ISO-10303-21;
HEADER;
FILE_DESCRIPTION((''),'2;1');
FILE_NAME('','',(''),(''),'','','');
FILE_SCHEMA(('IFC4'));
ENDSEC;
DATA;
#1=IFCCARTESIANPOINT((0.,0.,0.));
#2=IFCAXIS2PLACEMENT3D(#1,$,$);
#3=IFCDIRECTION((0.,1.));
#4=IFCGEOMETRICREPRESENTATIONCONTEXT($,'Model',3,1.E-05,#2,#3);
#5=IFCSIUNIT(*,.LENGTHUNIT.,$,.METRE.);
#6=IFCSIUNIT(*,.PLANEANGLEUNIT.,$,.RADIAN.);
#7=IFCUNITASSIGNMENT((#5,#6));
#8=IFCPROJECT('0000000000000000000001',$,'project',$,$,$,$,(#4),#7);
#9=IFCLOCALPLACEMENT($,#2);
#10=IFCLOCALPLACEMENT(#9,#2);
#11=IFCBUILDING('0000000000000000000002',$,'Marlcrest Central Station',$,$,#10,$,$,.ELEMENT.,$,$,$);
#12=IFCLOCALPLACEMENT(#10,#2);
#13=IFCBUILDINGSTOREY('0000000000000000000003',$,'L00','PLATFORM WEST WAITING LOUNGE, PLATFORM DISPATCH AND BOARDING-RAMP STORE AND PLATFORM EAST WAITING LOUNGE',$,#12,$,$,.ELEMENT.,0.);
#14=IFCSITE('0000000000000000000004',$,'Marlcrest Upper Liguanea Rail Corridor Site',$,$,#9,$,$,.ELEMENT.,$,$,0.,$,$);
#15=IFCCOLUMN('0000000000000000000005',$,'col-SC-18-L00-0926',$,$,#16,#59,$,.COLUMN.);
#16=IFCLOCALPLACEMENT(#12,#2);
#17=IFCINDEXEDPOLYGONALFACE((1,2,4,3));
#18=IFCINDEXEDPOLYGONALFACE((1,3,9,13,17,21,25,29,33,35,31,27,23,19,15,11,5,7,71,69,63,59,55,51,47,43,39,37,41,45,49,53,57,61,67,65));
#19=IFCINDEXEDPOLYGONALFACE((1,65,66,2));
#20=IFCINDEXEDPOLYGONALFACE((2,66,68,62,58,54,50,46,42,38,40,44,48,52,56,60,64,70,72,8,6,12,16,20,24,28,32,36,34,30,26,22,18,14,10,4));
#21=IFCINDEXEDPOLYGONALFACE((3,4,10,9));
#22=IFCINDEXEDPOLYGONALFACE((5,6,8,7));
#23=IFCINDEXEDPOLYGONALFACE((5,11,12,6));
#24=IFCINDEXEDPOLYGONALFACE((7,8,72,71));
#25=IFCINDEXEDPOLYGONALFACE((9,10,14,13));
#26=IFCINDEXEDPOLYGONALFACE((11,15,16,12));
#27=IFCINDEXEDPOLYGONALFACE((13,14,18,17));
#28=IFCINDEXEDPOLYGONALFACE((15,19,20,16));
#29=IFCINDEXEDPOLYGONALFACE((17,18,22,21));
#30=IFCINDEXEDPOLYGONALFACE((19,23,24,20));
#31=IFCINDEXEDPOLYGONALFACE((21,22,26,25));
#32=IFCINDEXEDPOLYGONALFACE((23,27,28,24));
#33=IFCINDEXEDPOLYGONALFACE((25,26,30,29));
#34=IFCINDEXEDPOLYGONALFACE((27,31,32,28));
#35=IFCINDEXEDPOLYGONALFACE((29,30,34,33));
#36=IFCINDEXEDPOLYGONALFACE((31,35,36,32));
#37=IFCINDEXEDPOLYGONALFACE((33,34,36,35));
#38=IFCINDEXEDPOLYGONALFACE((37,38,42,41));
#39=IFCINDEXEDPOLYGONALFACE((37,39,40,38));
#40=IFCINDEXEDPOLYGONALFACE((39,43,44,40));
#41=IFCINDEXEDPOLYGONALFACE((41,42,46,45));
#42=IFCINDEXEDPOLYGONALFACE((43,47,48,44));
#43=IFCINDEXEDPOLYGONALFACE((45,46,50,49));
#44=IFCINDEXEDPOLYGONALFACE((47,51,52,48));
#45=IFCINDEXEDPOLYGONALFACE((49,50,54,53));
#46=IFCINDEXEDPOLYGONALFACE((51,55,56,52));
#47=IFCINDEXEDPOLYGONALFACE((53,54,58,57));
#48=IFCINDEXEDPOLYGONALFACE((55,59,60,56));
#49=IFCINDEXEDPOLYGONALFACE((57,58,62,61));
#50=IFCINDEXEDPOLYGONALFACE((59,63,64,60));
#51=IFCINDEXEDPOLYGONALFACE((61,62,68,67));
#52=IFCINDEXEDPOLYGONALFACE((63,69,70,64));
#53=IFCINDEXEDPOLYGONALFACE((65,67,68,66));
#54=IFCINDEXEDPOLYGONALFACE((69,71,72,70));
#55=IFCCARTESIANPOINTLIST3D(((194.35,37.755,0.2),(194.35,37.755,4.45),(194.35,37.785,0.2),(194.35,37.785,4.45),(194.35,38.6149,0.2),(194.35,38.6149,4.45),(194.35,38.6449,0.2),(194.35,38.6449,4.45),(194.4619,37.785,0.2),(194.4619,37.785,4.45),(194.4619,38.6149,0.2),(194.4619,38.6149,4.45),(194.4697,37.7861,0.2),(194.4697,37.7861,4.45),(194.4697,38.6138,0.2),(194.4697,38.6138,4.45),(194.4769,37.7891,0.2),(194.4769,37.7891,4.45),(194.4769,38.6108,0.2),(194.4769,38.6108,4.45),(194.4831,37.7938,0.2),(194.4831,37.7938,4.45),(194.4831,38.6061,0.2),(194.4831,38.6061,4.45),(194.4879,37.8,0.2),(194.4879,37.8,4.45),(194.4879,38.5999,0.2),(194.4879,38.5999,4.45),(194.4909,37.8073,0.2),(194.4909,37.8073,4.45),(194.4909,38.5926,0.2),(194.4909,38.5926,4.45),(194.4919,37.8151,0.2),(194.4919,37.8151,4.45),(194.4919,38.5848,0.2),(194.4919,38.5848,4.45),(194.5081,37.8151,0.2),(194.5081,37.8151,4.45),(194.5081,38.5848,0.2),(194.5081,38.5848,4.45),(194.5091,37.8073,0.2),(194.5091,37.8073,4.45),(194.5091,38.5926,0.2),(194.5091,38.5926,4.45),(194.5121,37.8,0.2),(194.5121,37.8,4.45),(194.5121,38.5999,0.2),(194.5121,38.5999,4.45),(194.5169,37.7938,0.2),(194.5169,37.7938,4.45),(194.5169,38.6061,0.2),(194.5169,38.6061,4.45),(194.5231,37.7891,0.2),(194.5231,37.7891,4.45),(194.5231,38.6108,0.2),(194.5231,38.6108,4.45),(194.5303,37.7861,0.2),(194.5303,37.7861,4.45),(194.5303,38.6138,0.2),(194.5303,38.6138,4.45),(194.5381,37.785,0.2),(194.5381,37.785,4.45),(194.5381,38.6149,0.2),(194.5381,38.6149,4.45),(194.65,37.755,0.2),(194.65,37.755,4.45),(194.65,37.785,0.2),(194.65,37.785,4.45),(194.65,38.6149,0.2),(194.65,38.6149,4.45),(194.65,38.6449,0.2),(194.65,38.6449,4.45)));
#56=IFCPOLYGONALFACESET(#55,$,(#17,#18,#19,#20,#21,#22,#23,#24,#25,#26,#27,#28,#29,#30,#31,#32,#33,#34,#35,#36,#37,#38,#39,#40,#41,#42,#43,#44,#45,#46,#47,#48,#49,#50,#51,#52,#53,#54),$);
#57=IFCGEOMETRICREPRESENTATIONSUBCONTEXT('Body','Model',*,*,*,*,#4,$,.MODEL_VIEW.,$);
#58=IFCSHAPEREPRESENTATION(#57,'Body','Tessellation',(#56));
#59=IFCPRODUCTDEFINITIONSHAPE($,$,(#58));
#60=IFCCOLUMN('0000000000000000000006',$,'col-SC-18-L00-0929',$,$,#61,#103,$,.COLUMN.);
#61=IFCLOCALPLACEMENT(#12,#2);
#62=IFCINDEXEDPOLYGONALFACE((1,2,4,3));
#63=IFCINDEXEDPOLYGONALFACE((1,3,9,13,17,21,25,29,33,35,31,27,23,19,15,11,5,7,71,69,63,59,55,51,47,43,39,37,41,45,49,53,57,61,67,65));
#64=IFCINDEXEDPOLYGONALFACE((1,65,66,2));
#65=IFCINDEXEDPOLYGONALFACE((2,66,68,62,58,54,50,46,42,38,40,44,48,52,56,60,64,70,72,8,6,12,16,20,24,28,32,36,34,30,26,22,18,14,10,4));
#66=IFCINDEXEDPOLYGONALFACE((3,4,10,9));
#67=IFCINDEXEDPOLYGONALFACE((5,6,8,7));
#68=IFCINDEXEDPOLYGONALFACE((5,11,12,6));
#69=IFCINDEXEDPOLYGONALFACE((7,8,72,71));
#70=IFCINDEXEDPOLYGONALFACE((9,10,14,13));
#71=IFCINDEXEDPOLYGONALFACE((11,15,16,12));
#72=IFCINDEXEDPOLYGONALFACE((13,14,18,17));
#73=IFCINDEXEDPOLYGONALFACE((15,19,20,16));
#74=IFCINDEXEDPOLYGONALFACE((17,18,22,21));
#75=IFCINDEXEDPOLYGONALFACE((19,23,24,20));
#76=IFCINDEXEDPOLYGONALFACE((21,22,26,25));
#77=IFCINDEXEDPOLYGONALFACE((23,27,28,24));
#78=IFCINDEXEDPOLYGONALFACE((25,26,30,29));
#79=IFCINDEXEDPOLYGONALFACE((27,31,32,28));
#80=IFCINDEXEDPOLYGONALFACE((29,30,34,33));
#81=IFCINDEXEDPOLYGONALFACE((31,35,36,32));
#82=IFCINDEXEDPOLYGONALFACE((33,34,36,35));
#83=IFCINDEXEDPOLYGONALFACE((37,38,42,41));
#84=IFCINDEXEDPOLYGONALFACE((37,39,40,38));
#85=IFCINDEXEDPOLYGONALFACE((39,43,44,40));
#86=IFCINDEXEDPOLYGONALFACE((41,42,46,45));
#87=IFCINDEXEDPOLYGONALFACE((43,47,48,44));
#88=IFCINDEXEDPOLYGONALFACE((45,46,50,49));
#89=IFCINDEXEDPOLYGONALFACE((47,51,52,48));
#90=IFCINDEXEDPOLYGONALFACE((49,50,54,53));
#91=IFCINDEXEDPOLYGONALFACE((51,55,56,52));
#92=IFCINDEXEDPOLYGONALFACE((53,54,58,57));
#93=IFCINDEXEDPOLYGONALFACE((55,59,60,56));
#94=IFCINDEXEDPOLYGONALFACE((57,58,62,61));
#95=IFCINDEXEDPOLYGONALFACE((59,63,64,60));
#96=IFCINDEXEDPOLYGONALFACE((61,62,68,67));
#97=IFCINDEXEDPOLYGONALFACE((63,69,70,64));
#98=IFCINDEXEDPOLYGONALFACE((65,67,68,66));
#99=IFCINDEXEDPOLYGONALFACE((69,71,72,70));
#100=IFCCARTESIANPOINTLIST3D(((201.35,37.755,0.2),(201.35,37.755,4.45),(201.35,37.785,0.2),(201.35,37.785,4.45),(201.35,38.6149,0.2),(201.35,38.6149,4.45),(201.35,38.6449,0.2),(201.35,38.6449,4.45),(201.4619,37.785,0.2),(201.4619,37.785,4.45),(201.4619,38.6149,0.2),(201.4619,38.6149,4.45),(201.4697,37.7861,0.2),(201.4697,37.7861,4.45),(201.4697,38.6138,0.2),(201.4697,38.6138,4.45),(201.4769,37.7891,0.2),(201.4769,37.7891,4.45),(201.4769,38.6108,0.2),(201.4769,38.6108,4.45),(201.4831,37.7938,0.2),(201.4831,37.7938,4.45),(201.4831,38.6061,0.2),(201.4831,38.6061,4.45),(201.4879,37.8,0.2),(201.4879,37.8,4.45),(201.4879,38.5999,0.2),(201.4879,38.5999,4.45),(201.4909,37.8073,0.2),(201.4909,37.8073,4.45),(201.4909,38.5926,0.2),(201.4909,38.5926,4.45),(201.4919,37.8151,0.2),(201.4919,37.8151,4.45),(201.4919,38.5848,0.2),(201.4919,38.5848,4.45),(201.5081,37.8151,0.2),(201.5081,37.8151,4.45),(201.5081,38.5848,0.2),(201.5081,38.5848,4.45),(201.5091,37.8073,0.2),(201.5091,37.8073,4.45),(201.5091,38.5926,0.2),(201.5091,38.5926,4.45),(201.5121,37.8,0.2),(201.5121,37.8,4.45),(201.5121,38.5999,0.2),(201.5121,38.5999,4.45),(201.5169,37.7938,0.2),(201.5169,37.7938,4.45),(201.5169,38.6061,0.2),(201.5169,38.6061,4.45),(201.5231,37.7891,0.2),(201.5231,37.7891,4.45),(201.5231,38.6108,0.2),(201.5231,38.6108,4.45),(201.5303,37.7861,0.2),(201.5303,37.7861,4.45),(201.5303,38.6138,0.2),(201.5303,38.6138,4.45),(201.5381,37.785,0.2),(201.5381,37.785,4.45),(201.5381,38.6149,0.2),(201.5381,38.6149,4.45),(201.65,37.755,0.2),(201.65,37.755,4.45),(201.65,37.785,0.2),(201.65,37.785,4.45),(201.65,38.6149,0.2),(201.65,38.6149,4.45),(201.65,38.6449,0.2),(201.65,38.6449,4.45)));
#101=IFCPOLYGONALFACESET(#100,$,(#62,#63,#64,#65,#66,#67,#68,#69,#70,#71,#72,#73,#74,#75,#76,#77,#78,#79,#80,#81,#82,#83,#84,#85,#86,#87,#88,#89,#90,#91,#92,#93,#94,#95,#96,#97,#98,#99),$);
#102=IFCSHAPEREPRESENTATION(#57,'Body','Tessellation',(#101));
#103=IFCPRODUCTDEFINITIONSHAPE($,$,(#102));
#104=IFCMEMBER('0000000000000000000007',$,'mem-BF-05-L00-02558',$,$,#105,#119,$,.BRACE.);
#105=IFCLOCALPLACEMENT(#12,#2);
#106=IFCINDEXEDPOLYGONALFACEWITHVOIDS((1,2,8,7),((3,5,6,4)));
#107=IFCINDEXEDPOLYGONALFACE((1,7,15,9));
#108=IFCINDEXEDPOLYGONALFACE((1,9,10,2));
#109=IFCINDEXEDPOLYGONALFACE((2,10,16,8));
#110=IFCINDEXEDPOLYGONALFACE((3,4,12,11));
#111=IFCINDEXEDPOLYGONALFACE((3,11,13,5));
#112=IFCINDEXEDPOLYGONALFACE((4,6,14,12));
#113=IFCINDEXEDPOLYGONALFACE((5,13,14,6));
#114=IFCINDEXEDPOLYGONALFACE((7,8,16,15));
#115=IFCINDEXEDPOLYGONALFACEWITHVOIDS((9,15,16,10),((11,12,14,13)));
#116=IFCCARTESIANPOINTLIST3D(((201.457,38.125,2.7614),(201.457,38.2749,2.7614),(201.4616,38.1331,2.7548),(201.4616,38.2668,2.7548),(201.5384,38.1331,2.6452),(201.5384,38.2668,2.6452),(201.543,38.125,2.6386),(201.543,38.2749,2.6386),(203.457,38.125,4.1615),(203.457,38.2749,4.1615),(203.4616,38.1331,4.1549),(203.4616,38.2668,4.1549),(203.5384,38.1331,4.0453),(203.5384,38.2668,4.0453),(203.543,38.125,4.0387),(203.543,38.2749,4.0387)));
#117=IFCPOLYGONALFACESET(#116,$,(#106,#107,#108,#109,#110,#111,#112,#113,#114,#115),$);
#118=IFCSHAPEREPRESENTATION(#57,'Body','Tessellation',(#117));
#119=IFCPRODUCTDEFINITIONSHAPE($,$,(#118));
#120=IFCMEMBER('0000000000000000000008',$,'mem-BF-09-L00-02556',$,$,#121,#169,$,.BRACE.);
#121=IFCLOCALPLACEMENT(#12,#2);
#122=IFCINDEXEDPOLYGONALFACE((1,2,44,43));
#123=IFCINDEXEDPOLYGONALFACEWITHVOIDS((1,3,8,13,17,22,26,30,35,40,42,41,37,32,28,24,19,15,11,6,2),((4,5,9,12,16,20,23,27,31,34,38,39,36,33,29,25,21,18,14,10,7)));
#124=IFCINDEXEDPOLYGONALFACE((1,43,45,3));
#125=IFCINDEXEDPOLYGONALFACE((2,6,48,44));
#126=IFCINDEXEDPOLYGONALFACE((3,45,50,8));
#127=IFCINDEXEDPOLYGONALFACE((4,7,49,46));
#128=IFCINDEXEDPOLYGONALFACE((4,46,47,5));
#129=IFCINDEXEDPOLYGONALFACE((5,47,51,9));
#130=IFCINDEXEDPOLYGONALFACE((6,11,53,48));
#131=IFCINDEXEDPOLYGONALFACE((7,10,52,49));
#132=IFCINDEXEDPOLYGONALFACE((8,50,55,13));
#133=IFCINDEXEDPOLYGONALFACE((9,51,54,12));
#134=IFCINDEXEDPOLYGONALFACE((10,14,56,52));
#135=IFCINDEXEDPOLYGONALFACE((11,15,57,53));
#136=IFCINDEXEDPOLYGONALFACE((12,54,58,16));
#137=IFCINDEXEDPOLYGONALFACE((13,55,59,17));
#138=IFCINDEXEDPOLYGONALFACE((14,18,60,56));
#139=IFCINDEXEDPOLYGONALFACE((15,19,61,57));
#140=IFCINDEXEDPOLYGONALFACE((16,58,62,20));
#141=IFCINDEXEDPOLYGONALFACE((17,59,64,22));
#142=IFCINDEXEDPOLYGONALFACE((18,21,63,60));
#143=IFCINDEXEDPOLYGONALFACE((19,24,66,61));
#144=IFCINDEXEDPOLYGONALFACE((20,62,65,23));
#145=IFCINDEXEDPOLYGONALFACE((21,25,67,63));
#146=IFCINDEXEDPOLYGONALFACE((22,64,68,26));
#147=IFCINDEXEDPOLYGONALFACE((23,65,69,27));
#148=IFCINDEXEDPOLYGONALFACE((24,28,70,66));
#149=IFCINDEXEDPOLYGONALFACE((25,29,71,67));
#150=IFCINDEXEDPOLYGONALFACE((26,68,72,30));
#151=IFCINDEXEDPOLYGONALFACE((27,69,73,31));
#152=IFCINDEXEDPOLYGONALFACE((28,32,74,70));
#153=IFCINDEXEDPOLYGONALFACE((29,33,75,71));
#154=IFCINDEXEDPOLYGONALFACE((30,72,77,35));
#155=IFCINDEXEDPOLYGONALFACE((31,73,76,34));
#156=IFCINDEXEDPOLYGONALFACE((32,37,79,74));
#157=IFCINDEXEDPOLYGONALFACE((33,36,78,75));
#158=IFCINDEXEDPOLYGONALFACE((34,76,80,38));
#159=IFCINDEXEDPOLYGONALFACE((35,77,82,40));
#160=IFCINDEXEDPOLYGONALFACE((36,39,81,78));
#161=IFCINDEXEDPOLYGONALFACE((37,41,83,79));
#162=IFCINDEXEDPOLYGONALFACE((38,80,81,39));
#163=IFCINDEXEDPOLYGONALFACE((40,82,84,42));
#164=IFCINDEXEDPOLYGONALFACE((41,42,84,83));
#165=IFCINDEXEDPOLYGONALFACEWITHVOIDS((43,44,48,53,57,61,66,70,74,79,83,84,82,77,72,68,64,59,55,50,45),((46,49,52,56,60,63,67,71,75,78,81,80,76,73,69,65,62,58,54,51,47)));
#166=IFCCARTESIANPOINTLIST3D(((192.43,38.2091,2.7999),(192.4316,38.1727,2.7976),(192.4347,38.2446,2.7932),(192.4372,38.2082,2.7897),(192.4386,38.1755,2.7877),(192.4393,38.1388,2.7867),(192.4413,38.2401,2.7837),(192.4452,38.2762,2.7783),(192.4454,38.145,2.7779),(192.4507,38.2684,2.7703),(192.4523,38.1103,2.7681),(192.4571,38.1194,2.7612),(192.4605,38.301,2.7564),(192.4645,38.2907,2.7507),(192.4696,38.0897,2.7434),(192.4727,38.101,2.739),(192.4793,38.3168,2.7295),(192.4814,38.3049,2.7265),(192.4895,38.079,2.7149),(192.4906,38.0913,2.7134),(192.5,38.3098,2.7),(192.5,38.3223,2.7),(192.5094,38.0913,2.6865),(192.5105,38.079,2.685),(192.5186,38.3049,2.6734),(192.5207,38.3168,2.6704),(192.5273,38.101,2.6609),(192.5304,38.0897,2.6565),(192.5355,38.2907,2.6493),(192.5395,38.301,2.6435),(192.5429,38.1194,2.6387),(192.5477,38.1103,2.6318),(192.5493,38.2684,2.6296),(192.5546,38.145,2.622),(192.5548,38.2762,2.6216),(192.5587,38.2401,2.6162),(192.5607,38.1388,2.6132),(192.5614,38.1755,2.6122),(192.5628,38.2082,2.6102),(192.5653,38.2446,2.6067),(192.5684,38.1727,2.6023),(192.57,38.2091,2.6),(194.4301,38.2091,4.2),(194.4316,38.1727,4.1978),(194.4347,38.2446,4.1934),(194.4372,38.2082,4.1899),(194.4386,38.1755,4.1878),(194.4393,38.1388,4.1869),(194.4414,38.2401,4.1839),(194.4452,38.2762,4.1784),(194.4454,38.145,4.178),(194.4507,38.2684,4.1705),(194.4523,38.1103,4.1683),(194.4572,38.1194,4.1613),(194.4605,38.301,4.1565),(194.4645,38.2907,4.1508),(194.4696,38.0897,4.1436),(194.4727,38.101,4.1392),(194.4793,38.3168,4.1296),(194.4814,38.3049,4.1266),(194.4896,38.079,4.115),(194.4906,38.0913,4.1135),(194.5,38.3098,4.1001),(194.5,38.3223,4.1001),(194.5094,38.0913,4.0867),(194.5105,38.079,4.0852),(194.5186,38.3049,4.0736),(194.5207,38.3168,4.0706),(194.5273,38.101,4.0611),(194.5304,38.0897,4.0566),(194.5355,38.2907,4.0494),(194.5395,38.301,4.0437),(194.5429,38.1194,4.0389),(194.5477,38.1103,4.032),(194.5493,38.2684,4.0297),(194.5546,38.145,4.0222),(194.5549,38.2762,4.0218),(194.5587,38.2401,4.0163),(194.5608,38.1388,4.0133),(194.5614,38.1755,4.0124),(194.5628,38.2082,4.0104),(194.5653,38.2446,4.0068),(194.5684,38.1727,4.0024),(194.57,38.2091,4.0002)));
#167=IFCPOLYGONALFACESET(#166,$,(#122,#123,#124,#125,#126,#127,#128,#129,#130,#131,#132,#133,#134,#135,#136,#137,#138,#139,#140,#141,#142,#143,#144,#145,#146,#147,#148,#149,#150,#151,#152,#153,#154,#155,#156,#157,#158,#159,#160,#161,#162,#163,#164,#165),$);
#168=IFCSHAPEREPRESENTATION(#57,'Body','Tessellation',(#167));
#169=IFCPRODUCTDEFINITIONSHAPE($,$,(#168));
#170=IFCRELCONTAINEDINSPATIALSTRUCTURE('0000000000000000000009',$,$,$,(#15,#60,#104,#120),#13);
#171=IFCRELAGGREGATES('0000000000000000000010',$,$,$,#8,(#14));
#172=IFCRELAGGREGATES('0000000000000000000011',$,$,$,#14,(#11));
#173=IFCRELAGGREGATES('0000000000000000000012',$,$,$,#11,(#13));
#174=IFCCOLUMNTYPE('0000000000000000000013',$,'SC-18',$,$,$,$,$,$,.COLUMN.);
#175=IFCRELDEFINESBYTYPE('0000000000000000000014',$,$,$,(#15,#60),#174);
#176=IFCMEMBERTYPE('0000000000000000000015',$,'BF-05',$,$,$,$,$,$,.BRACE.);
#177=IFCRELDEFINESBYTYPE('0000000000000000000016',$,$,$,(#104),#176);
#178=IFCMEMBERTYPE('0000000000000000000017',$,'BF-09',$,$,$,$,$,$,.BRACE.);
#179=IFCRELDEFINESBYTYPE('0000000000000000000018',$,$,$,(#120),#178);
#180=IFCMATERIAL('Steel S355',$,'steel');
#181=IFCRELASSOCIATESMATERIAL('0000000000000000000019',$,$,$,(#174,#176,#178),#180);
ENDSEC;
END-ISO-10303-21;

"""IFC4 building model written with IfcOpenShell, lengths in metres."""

from ifc_helpers import new_model, si_unit, direction, frame, origin, origin_2d, place, context, subcontext, project, spatial, hollow_rectangle, hollow_circle, i_section, extrude, material, material_profile, profile_set, type_object, element, save


model = new_model("IFC4")

# Units and contexts
model_context = context("Model", 3, precision=1e-05, world=origin(), true_north=direction((0.0, 1.0)))
body_context = subcontext(model_context, "Body", "Model", "MODEL_VIEW")
ifc_project = project(units=[si_unit("LENGTHUNIT", "METRE"), si_unit("PLANEANGLEUNIT", "RADIAN")], contexts=[model_context])

# Site, building, storey
site_placement = place(None, origin())
site = spatial("IfcSite", under=ifc_project, at=site_placement, Name="Marlcrest Upper Liguanea Rail Corridor Site", CompositionType="ELEMENT", RefElevation=0.0)
building_placement = place(site_placement, origin())
building = spatial("IfcBuilding", under=site, at=building_placement, Name="Marlcrest Central Station", CompositionType="ELEMENT")
storey_placement = place(building_placement, origin())
storey = spatial("IfcBuildingStorey", under=building, at=storey_placement, Name="L00", Description="PLATFORM WEST WAITING LOUNGE, PLATFORM DISPATCH AND BOARDING-RAMP STORE AND PLATFORM EAST WAITING LOUNGE", CompositionType="ELEMENT", Elevation=0.0)

# Columns
ifc_material_1 = material(Name="Steel S355", Category="steel")
ifc_material_profile_1 = material_profile(ifc_material_1, i_section(OverallWidth=0.3, OverallDepth=0.8899, WebThickness=0.0161, FlangeThickness=0.03, FilletRadius=0.03, at=origin_2d()), Name="HEA 900")
ifc_profile_set_1 = profile_set([ifc_material_profile_1], Name="Steel S355")
column_type_1 = type_object("IfcColumnType", Name="SC-18", PredefinedType="COLUMN", material=ifc_profile_set_1)
for number, where, z_axis, x_axis, name in (
    (1, (194.5, 38.2, 0.2), (0.0, 0.0, 1.0), (1.0, 0.0, 0.0), "col-SC-18-L00-0926"),
    (2, (201.5, 38.2, 0.2), (0.0, 0.0, 1.0), (1.0, 0.0, 0.0), "col-SC-18-L00-0929"),
):
    element("IfcColumn", number, at=place(storey_placement, frame(where, z_axis=z_axis, x_axis=x_axis)), inside=storey, type_object=column_type_1, Name=name, PredefinedType="COLUMN", context=body_context, shape_type="SweptSolid", body=[
        extrude(i_section(OverallWidth=0.3, OverallDepth=0.8899, WebThickness=0.0161, FlangeThickness=0.03, FilletRadius=0.03, at=origin_2d()), origin(), (0.0, 0.0, 1.0), 4.25),
    ])

# Members
ifc_material_profile_2 = material_profile(ifc_material_1, hollow_rectangle(XDim=0.1499, YDim=0.1499, WallThickness=0.0081, at=origin_2d()), Name="SHS 150x150x8")
ifc_profile_set_2 = profile_set([ifc_material_profile_2], Name="Steel S355")
member_type_1 = type_object("IfcMemberType", Name="BF-05", PredefinedType="BRACE", material=ifc_profile_set_2)
member_1_placement = place(storey_placement, frame((201.5, 38.2, 2.7), z_axis=(0.819204, 0.0, 0.573503), x_axis=(0.0, 1.0, 0.0)))
element("IfcMember", 3, at=member_1_placement, inside=storey, type_object=member_type_1, Name="mem-BF-05-L00-02558", PredefinedType="BRACE", context=body_context, shape_type="SweptSolid", body=[
    extrude(hollow_rectangle(XDim=0.1499, YDim=0.1499, WallThickness=0.0081, at=origin_2d()), origin(), (0.0, 0.0, 1.0), 2.4414),
])
ifc_material_profile_3 = material_profile(ifc_material_1, hollow_circle(Radius=0.1223, WallThickness=0.0125, at=origin_2d()), Name="CHS 244.5x12.5")
ifc_profile_set_3 = profile_set([ifc_material_profile_3], Name="Steel S355")
member_type_2 = type_object("IfcMemberType", Name="BF-09", PredefinedType="BRACE", material=ifc_profile_set_3)
member_2_placement = place(storey_placement, frame((192.5, 38.2, 2.7), z_axis=(0.819204, 0.0, 0.573503), x_axis=(0.0, 1.0, 0.0)))
element("IfcMember", 4, at=member_2_placement, inside=storey, type_object=member_type_2, Name="mem-BF-09-L00-02556", PredefinedType="BRACE", context=body_context, shape_type="SweptSolid", body=[
    extrude(hollow_circle(Radius=0.1223, WallThickness=0.0125, at=origin_2d()), origin(), (0.0, 0.0, 1.0), 2.4414),
])

save(model, "model.ifc")
